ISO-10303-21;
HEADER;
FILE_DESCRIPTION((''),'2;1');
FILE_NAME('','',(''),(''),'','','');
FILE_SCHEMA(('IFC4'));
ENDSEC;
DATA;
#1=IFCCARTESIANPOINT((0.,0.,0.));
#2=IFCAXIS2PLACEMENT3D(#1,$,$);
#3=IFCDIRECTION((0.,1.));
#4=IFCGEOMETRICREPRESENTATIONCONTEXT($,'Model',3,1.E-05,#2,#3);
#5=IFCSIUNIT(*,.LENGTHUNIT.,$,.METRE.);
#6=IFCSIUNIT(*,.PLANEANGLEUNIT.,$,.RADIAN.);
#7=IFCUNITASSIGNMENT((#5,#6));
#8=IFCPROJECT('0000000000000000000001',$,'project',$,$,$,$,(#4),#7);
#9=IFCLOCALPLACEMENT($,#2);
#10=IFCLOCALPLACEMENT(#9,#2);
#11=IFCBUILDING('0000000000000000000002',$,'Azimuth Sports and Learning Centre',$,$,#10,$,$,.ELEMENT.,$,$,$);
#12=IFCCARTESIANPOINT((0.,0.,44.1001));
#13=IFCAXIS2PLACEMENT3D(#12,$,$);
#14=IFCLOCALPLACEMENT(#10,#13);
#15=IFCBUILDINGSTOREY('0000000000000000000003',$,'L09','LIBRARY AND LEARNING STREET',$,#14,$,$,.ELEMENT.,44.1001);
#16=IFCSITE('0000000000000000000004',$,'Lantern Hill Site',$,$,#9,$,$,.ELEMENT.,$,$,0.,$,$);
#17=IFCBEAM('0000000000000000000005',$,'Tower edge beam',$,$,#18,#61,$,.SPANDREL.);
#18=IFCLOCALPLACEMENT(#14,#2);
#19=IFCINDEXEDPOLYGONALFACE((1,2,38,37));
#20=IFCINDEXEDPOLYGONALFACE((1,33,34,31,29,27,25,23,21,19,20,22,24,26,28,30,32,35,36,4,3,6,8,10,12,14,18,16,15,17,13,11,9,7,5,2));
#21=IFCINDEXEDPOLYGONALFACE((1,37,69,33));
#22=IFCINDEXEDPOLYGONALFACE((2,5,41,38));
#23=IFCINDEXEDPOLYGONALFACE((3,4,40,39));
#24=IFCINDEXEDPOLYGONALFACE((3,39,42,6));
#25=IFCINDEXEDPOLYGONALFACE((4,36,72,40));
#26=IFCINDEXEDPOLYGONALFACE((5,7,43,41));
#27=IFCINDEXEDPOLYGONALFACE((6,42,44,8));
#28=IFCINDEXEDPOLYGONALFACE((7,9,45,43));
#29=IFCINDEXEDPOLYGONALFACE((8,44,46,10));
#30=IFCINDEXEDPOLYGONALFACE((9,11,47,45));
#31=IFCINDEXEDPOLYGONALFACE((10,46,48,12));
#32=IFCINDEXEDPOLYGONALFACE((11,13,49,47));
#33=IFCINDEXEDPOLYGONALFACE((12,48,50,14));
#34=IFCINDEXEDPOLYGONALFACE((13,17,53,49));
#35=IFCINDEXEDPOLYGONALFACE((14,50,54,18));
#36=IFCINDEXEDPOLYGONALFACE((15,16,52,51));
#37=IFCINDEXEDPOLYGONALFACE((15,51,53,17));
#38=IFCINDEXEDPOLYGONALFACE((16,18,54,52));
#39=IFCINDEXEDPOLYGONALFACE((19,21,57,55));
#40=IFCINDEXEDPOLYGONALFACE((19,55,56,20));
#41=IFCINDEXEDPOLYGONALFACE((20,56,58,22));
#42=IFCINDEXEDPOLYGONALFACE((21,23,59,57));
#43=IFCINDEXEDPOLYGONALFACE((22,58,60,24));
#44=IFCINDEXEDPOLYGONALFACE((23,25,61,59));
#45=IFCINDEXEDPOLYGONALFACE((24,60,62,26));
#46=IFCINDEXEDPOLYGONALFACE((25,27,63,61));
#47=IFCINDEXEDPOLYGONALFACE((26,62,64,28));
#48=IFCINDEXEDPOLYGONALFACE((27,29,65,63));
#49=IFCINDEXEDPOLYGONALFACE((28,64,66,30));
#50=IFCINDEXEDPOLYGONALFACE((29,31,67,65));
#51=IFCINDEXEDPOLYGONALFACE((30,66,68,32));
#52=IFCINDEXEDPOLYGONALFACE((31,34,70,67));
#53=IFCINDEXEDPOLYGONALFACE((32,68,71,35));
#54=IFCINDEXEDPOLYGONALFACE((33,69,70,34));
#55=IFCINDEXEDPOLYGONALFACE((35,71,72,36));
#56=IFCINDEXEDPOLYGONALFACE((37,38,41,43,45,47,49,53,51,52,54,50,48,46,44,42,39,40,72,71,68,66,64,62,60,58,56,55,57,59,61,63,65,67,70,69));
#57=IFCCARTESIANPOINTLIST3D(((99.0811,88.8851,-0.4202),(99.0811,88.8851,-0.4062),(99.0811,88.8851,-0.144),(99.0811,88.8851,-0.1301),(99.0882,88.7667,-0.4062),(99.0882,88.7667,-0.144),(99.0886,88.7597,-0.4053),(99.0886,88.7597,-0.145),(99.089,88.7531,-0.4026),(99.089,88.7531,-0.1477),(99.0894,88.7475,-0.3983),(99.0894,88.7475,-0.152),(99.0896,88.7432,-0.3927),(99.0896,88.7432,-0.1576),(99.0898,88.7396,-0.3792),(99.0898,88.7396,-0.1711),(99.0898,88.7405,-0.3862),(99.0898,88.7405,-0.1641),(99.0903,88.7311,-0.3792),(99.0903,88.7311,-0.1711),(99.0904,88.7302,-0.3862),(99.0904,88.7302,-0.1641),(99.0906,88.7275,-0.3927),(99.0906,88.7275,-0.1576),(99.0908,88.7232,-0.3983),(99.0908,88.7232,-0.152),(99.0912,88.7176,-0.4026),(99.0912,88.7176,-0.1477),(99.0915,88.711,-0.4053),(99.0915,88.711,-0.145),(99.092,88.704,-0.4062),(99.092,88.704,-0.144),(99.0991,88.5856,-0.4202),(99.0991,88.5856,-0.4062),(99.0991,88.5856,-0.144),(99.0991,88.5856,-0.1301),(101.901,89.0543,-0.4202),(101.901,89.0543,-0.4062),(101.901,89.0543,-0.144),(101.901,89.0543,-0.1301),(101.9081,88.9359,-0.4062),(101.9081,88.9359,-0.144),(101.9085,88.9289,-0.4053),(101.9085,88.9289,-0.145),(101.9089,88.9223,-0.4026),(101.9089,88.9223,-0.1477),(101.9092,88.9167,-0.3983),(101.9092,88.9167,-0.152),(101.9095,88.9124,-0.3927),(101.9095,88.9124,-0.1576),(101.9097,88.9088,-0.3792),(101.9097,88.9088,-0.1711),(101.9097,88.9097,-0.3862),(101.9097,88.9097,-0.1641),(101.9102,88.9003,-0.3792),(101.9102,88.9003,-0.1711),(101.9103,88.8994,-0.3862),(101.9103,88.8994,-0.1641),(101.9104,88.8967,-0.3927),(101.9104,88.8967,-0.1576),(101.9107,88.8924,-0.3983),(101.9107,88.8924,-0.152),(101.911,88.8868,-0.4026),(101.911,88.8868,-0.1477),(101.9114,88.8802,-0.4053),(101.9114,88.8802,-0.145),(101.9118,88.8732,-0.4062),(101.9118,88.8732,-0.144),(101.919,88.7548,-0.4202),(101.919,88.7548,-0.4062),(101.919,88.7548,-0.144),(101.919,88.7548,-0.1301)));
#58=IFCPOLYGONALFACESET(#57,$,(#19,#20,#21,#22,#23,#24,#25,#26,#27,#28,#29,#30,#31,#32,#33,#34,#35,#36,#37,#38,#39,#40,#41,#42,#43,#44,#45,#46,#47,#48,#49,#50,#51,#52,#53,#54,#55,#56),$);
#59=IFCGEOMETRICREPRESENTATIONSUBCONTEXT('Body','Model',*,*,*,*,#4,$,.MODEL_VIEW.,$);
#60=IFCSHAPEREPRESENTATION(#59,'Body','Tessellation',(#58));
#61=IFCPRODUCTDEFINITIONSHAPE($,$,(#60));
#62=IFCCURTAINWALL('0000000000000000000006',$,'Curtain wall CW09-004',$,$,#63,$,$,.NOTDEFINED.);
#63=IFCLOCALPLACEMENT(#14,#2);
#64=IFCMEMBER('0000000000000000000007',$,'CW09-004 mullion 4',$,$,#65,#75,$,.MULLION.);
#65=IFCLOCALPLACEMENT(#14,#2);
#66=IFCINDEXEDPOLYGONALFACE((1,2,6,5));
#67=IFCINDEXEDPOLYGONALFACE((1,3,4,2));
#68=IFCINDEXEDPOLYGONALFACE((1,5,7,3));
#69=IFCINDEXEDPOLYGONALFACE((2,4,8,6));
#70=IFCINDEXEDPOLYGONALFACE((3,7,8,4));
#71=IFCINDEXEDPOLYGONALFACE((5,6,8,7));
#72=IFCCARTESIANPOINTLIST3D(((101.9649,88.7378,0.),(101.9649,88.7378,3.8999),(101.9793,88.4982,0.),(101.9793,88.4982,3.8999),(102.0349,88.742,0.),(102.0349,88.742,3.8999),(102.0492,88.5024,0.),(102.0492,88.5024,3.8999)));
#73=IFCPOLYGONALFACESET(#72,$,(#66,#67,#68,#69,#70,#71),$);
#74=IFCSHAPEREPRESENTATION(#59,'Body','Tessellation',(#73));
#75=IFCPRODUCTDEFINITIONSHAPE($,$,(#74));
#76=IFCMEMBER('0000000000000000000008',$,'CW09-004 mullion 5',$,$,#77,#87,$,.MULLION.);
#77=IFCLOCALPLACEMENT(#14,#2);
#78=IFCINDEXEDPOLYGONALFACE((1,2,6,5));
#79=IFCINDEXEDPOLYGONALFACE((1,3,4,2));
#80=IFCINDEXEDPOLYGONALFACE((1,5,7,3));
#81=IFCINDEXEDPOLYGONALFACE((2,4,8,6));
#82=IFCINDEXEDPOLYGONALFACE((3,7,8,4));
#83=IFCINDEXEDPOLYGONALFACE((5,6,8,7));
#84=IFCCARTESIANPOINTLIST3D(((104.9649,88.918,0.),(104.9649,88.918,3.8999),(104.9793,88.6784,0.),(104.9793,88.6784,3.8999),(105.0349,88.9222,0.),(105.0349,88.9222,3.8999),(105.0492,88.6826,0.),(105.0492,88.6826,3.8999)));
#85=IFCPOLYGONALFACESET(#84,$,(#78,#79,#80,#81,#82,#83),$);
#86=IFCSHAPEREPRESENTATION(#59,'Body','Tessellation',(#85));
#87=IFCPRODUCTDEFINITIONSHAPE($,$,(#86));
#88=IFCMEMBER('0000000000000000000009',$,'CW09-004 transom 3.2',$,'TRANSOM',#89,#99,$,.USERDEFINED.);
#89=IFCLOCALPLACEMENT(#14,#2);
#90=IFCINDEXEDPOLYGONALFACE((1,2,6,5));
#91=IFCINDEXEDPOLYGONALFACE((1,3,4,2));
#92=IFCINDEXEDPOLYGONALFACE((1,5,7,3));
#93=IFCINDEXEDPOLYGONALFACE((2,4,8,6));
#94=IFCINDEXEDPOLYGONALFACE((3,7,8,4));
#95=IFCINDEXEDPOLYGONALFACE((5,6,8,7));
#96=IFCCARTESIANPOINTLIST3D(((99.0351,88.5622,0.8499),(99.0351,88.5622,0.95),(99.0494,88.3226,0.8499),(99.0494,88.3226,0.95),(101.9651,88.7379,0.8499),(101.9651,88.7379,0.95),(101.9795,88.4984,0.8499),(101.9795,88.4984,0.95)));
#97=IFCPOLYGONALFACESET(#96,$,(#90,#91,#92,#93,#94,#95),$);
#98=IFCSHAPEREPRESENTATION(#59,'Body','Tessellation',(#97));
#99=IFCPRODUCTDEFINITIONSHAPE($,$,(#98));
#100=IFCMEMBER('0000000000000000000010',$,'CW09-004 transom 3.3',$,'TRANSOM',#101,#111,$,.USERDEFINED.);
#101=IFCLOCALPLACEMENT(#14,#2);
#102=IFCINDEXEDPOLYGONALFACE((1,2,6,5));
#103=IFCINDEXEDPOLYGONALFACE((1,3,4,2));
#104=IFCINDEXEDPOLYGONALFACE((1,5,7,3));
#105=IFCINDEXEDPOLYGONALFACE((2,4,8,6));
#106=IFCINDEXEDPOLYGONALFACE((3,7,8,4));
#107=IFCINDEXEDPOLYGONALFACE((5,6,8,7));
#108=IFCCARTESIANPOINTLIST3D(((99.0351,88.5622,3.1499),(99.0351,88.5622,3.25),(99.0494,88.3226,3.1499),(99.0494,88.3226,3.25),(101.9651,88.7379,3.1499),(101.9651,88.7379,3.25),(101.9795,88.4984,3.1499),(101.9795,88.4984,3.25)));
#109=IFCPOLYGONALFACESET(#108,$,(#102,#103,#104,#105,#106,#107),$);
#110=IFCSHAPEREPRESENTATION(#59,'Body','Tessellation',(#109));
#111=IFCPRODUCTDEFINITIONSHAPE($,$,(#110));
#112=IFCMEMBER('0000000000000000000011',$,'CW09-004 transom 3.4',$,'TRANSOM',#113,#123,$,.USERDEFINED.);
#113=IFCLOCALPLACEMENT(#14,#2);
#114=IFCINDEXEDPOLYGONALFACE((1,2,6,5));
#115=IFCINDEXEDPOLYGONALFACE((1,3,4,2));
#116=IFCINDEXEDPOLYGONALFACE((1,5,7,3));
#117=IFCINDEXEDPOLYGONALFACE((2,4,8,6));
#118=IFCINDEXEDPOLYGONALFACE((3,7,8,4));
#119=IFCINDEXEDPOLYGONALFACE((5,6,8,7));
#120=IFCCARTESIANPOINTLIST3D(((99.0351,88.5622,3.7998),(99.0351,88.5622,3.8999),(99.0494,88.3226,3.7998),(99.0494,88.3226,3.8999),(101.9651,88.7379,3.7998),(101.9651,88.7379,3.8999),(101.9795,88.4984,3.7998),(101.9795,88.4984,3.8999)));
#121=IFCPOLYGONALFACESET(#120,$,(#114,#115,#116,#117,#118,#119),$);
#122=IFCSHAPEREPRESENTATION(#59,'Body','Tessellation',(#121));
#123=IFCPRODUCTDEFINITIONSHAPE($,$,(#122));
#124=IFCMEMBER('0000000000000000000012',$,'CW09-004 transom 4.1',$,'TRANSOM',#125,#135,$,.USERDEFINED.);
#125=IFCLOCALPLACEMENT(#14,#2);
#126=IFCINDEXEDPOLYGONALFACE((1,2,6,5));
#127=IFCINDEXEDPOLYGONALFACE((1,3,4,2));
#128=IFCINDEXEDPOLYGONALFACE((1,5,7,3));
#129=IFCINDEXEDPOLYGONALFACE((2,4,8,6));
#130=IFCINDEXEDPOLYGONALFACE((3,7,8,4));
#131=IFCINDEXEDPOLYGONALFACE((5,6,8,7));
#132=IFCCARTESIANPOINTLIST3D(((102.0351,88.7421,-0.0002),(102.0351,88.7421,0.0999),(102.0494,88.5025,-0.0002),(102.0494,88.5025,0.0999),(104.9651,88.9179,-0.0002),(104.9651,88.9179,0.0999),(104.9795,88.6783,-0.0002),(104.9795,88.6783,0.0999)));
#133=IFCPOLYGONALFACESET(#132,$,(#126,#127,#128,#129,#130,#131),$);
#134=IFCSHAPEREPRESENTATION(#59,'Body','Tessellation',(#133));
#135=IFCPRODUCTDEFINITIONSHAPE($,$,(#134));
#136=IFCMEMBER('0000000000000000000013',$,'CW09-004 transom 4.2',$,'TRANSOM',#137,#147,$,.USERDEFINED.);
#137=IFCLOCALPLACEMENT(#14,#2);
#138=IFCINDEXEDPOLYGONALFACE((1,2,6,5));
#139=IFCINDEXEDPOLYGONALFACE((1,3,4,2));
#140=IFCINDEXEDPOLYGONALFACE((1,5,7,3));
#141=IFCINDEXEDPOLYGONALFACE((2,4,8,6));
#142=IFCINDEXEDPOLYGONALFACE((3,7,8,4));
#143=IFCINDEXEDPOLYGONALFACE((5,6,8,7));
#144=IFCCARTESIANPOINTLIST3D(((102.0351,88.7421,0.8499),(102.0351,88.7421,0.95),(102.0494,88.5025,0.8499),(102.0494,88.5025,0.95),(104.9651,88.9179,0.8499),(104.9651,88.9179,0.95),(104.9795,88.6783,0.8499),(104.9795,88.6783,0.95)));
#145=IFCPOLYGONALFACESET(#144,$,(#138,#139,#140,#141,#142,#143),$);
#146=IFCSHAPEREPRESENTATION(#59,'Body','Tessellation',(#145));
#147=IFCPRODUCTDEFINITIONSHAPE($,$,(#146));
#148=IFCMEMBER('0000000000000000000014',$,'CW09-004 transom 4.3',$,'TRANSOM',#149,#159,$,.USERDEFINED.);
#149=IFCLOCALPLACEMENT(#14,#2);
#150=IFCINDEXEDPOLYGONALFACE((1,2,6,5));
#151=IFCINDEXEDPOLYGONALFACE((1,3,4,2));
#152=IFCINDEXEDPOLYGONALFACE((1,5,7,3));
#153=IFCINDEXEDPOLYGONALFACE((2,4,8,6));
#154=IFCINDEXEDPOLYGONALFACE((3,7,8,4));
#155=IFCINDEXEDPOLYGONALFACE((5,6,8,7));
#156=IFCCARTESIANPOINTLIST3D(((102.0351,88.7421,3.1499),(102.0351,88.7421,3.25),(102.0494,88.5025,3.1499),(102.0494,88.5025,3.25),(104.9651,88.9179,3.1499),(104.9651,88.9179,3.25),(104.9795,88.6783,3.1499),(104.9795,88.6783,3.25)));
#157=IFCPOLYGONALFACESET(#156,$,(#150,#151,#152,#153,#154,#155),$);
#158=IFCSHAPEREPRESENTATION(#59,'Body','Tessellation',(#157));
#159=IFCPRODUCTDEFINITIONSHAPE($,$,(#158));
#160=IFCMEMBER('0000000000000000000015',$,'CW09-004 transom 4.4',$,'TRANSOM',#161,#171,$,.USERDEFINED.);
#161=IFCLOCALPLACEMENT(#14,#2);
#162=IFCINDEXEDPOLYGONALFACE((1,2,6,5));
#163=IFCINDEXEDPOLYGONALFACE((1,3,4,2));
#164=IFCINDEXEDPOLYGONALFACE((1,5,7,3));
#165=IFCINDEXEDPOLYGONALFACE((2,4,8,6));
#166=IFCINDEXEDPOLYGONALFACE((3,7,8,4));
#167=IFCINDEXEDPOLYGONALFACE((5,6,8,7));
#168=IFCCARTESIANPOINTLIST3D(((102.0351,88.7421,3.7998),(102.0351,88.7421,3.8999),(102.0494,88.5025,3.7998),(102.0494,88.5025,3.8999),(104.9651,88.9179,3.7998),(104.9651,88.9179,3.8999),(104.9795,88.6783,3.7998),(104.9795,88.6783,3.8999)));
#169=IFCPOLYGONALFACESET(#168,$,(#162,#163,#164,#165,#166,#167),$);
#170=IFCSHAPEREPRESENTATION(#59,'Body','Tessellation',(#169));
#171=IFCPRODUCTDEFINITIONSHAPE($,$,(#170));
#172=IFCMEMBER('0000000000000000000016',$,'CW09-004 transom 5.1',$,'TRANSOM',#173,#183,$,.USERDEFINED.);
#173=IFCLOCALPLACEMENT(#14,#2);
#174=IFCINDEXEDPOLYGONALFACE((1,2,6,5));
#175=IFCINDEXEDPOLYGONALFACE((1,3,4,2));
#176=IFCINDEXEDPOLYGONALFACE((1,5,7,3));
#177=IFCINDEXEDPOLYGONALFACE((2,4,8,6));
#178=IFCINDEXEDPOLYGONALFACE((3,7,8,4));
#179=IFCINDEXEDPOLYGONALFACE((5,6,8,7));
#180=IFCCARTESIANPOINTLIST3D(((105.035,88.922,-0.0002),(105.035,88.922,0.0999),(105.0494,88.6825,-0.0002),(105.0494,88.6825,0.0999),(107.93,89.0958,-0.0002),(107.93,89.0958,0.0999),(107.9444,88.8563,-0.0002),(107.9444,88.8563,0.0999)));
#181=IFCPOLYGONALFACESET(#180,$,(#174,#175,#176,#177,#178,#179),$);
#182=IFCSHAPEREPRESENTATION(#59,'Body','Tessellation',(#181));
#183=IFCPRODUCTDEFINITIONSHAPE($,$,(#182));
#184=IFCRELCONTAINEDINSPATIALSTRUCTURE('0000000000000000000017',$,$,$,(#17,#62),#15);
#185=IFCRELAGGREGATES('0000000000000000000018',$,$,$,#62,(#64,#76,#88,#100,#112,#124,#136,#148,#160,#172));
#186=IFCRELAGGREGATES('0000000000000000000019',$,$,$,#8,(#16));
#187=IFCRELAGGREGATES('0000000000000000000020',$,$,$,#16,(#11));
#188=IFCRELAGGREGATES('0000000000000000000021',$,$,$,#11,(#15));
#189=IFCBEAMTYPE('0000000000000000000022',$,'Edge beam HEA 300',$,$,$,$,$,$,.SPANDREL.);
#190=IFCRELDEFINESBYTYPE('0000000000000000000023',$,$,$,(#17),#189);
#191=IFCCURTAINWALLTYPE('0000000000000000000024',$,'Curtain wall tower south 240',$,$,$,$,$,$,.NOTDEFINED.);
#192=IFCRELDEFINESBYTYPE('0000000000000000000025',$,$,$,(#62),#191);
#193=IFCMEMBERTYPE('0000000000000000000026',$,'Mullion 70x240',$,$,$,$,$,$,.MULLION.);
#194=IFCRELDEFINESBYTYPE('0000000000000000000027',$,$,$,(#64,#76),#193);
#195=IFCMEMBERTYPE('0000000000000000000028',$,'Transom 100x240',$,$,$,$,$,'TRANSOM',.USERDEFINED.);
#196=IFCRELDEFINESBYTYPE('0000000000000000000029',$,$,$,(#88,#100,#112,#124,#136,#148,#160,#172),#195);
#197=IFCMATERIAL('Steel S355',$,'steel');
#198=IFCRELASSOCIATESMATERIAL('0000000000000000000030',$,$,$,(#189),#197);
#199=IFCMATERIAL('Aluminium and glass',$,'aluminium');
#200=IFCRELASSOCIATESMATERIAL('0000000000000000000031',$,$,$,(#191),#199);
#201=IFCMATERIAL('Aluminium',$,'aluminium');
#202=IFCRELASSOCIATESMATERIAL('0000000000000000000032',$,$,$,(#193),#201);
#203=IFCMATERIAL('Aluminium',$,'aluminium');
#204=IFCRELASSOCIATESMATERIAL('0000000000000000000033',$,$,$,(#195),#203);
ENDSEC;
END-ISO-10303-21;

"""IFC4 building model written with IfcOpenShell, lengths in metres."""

from ifc_helpers import new_model, si_unit, direction, frame, origin, origin_2d, place, context, subcontext, project, spatial, rectangle, i_section, extrude, material, material_profile, profile_set, type_object, element, aggregate, save


model = new_model("IFC4")

# Units and contexts
model_context = context("Model", 3, precision=1e-05, world=origin(), true_north=direction((0.0, 1.0)))
body_context = subcontext(model_context, "Body", "Model", "MODEL_VIEW")
ifc_project = project(units=[si_unit("LENGTHUNIT", "METRE"), si_unit("PLANEANGLEUNIT", "RADIAN")], contexts=[model_context])

# Site, building, storey
site_placement = place(None, origin())
site = spatial("IfcSite", under=ifc_project, at=site_placement, Name="Lantern Hill Site", CompositionType="ELEMENT", RefElevation=0.0)
building_placement = place(site_placement, origin())
building = spatial("IfcBuilding", under=site, at=building_placement, Name="Azimuth Sports and Learning Centre", CompositionType="ELEMENT")
storey_placement = place(building_placement, frame((0.0, 0.0, 44.1001)))
storey = spatial("IfcBuildingStorey", under=building, at=storey_placement, Name="L09", Description="LIBRARY AND LEARNING STREET", CompositionType="ELEMENT", Elevation=44.1001)

# Beam
ifc_material_1 = material(Name="Steel S355", Category="steel")
ifc_material_profile_1 = material_profile(ifc_material_1, i_section(OverallWidth=0.3, OverallDepth=0.29, WebThickness=0.0085, FlangeThickness=0.0139, FilletRadius=0.0271, at=origin_2d()), Name="HEA 300")
ifc_profile_set_1 = profile_set([ifc_material_profile_1], Name="Steel S355")
beam_type = type_object("IfcBeamType", Name="Edge beam HEA 300", PredefinedType="SPANDREL", material=ifc_profile_set_1)
beam_placement = place(storey_placement, frame((99.0901, 88.7354, -0.2751), z_axis=(0.998205, 0.059892, 0.0), x_axis=(-0.059892, 0.998205, 0.0)))
element("IfcBeam", 1, at=beam_placement, inside=storey, type_object=beam_type, Name="Tower edge beam", PredefinedType="SPANDREL", context=body_context, shape_type="SweptSolid", body=[
    extrude(i_section(OverallWidth=0.3, OverallDepth=0.29, WebThickness=0.0085, FlangeThickness=0.0139, FilletRadius=0.0271, at=origin_2d()), origin(), (0.0, 0.0, 1.0), 2.825),
])

# Curtain wall, members
ifc_material_2 = material(Name="Aluminium and glass", Category="aluminium")
curtain_wall_type = type_object("IfcCurtainWallType", Name="Curtain wall tower south 240", PredefinedType="NOTDEFINED", material=ifc_material_2)
curtain_wall_placement = place(storey_placement, origin())
curtain_wall = element("IfcCurtainWall", 2, at=curtain_wall_placement, inside=storey, type_object=curtain_wall_type, Name="Curtain wall CW09-004", PredefinedType="NOTDEFINED")
ifc_material_3 = material(Name="Aluminium", Category="aluminium")
ifc_material_profile_2 = material_profile(ifc_material_3, rectangle(XDim=0.24, YDim=0.0701, at=origin_2d()), Name="Mullion 70x240")
ifc_profile_set_2 = profile_set([ifc_material_profile_2], Name="Aluminium")
member_type_1 = type_object("IfcMemberType", Name="Mullion 70x240", PredefinedType="MULLION", material=ifc_profile_set_2)
member_1_placement = place(storey_placement, frame((102.0071, 88.6201, 0.0), z_axis=(0.0, 0.0, 1.0), x_axis=(-0.059892, 0.998205, 0.0)))
member_1 = element("IfcMember", 3, at=member_1_placement, type_object=member_type_1, Name="CW09-004 mullion 4", PredefinedType="MULLION", context=body_context, shape_type="SweptSolid", body=[
    extrude(rectangle(XDim=0.24, YDim=0.0701, at=origin_2d()), origin(), (0.0, 0.0, 1.0), 3.8999),
])
member_2_placement = place(storey_placement, frame((105.0071, 88.8003, 0.0), z_axis=(0.0, 0.0, 1.0), x_axis=(-0.059892, 0.998205, 0.0)))
member_2 = element("IfcMember", 4, at=member_2_placement, type_object=member_type_1, Name="CW09-004 mullion 5", PredefinedType="MULLION", context=body_context, shape_type="SweptSolid", body=[
    extrude(rectangle(XDim=0.24, YDim=0.0701, at=origin_2d()), origin(), (0.0, 0.0, 1.0), 3.8999),
])
ifc_material_4 = material(Name="Aluminium", Category="aluminium")
ifc_material_profile_3 = material_profile(ifc_material_4, rectangle(XDim=0.24, YDim=0.1001, at=origin_2d()), Name="Transom 100x240")
ifc_profile_set_3 = profile_set([ifc_material_profile_3], Name="Aluminium")
member_type_2 = type_object("IfcMemberType", Name="Transom 100x240", ElementType="TRANSOM", PredefinedType="USERDEFINED", material=ifc_profile_set_3)
member_3_placement = place(storey_placement, frame((99.0422, 88.4424, 0.8999), z_axis=(0.998205, 0.059887, 0.0), x_axis=(-0.059887, 0.998205, 0.0)))
member_3 = element("IfcMember", 5, at=member_3_placement, type_object=member_type_2, Name="CW09-004 transom 3.2", ObjectType="TRANSOM", PredefinedType="USERDEFINED", context=body_context, shape_type="SweptSolid", body=[
    extrude(rectangle(XDim=0.24, YDim=0.1001, at=origin_2d()), origin(), (0.0, 0.0, 1.0), 2.9353),
])
member_4_placement = place(storey_placement, frame((99.0422, 88.4424, 3.2), z_axis=(0.998205, 0.059887, 0.0), x_axis=(-0.059887, 0.998205, 0.0)))
member_4 = element("IfcMember", 6, at=member_4_placement, type_object=member_type_2, Name="CW09-004 transom 3.3", ObjectType="TRANSOM", PredefinedType="USERDEFINED", context=body_context, shape_type="SweptSolid", body=[
    extrude(rectangle(XDim=0.24, YDim=0.1001, at=origin_2d()), origin(), (0.0, 0.0, 1.0), 2.9353),
])
member_5_placement = place(storey_placement, frame((99.0422, 88.4424, 3.8499), z_axis=(0.998205, 0.059887, 0.0), x_axis=(-0.059887, 0.998205, 0.0)))
member_5 = element("IfcMember", 7, at=member_5_placement, type_object=member_type_2, Name="CW09-004 transom 3.4", ObjectType="TRANSOM", PredefinedType="USERDEFINED", context=body_context, shape_type="SweptSolid", body=[
    extrude(rectangle(XDim=0.24, YDim=0.1001, at=origin_2d()), origin(), (0.0, 0.0, 1.0), 2.9353),
])
member_6_placement = place(storey_placement, frame((102.0422, 88.6223, 0.0498), z_axis=(0.998205, 0.059887, 0.0), x_axis=(-0.059887, 0.998205, 0.0)))
member_6 = element("IfcMember", 8, at=member_6_placement, type_object=member_type_2, Name="CW09-004 transom 4.1", ObjectType="TRANSOM", PredefinedType="USERDEFINED", context=body_context, shape_type="SweptSolid", body=[
    extrude(rectangle(XDim=0.24, YDim=0.1001, at=origin_2d()), origin(), (0.0, 0.0, 1.0), 2.9353),
])
member_7_placement = place(storey_placement, frame((102.0422, 88.6223, 0.8999), z_axis=(0.998205, 0.059887, 0.0), x_axis=(-0.059887, 0.998205, 0.0)))
member_7 = element("IfcMember", 9, at=member_7_placement, type_object=member_type_2, Name="CW09-004 transom 4.2", ObjectType="TRANSOM", PredefinedType="USERDEFINED", context=body_context, shape_type="SweptSolid", body=[
    extrude(rectangle(XDim=0.24, YDim=0.1001, at=origin_2d()), origin(), (0.0, 0.0, 1.0), 2.9353),
])
member_8_placement = place(storey_placement, frame((102.0422, 88.6223, 3.2), z_axis=(0.998205, 0.059887, 0.0), x_axis=(-0.059887, 0.998205, 0.0)))
member_8 = element("IfcMember", 10, at=member_8_placement, type_object=member_type_2, Name="CW09-004 transom 4.3", ObjectType="TRANSOM", PredefinedType="USERDEFINED", context=body_context, shape_type="SweptSolid", body=[
    extrude(rectangle(XDim=0.24, YDim=0.1001, at=origin_2d()), origin(), (0.0, 0.0, 1.0), 2.9353),
])
member_9_placement = place(storey_placement, frame((102.0422, 88.6223, 3.8499), z_axis=(0.998205, 0.059887, 0.0), x_axis=(-0.059887, 0.998205, 0.0)))
member_9 = element("IfcMember", 11, at=member_9_placement, type_object=member_type_2, Name="CW09-004 transom 4.4", ObjectType="TRANSOM", PredefinedType="USERDEFINED", context=body_context, shape_type="SweptSolid", body=[
    extrude(rectangle(XDim=0.24, YDim=0.1001, at=origin_2d()), origin(), (0.0, 0.0, 1.0), 2.9353),
])
member_10_placement = place(storey_placement, frame((105.0422, 88.8022, 0.0498), z_axis=(0.998202, 0.059936, 0.0), x_axis=(-0.059936, 0.998202, 0.0)))
member_10 = element("IfcMember", 12, at=member_10_placement, type_object=member_type_2, Name="CW09-004 transom 5.1", ObjectType="TRANSOM", PredefinedType="USERDEFINED", context=body_context, shape_type="SweptSolid", body=[
    extrude(rectangle(XDim=0.24, YDim=0.1001, at=origin_2d()), origin(), (0.0, 0.0, 1.0), 2.9001),
])
aggregate(curtain_wall, [member_1, member_2, member_3, member_4, member_5, member_6, member_7, member_8, member_9, member_10])

save(model, "model.ifc")
